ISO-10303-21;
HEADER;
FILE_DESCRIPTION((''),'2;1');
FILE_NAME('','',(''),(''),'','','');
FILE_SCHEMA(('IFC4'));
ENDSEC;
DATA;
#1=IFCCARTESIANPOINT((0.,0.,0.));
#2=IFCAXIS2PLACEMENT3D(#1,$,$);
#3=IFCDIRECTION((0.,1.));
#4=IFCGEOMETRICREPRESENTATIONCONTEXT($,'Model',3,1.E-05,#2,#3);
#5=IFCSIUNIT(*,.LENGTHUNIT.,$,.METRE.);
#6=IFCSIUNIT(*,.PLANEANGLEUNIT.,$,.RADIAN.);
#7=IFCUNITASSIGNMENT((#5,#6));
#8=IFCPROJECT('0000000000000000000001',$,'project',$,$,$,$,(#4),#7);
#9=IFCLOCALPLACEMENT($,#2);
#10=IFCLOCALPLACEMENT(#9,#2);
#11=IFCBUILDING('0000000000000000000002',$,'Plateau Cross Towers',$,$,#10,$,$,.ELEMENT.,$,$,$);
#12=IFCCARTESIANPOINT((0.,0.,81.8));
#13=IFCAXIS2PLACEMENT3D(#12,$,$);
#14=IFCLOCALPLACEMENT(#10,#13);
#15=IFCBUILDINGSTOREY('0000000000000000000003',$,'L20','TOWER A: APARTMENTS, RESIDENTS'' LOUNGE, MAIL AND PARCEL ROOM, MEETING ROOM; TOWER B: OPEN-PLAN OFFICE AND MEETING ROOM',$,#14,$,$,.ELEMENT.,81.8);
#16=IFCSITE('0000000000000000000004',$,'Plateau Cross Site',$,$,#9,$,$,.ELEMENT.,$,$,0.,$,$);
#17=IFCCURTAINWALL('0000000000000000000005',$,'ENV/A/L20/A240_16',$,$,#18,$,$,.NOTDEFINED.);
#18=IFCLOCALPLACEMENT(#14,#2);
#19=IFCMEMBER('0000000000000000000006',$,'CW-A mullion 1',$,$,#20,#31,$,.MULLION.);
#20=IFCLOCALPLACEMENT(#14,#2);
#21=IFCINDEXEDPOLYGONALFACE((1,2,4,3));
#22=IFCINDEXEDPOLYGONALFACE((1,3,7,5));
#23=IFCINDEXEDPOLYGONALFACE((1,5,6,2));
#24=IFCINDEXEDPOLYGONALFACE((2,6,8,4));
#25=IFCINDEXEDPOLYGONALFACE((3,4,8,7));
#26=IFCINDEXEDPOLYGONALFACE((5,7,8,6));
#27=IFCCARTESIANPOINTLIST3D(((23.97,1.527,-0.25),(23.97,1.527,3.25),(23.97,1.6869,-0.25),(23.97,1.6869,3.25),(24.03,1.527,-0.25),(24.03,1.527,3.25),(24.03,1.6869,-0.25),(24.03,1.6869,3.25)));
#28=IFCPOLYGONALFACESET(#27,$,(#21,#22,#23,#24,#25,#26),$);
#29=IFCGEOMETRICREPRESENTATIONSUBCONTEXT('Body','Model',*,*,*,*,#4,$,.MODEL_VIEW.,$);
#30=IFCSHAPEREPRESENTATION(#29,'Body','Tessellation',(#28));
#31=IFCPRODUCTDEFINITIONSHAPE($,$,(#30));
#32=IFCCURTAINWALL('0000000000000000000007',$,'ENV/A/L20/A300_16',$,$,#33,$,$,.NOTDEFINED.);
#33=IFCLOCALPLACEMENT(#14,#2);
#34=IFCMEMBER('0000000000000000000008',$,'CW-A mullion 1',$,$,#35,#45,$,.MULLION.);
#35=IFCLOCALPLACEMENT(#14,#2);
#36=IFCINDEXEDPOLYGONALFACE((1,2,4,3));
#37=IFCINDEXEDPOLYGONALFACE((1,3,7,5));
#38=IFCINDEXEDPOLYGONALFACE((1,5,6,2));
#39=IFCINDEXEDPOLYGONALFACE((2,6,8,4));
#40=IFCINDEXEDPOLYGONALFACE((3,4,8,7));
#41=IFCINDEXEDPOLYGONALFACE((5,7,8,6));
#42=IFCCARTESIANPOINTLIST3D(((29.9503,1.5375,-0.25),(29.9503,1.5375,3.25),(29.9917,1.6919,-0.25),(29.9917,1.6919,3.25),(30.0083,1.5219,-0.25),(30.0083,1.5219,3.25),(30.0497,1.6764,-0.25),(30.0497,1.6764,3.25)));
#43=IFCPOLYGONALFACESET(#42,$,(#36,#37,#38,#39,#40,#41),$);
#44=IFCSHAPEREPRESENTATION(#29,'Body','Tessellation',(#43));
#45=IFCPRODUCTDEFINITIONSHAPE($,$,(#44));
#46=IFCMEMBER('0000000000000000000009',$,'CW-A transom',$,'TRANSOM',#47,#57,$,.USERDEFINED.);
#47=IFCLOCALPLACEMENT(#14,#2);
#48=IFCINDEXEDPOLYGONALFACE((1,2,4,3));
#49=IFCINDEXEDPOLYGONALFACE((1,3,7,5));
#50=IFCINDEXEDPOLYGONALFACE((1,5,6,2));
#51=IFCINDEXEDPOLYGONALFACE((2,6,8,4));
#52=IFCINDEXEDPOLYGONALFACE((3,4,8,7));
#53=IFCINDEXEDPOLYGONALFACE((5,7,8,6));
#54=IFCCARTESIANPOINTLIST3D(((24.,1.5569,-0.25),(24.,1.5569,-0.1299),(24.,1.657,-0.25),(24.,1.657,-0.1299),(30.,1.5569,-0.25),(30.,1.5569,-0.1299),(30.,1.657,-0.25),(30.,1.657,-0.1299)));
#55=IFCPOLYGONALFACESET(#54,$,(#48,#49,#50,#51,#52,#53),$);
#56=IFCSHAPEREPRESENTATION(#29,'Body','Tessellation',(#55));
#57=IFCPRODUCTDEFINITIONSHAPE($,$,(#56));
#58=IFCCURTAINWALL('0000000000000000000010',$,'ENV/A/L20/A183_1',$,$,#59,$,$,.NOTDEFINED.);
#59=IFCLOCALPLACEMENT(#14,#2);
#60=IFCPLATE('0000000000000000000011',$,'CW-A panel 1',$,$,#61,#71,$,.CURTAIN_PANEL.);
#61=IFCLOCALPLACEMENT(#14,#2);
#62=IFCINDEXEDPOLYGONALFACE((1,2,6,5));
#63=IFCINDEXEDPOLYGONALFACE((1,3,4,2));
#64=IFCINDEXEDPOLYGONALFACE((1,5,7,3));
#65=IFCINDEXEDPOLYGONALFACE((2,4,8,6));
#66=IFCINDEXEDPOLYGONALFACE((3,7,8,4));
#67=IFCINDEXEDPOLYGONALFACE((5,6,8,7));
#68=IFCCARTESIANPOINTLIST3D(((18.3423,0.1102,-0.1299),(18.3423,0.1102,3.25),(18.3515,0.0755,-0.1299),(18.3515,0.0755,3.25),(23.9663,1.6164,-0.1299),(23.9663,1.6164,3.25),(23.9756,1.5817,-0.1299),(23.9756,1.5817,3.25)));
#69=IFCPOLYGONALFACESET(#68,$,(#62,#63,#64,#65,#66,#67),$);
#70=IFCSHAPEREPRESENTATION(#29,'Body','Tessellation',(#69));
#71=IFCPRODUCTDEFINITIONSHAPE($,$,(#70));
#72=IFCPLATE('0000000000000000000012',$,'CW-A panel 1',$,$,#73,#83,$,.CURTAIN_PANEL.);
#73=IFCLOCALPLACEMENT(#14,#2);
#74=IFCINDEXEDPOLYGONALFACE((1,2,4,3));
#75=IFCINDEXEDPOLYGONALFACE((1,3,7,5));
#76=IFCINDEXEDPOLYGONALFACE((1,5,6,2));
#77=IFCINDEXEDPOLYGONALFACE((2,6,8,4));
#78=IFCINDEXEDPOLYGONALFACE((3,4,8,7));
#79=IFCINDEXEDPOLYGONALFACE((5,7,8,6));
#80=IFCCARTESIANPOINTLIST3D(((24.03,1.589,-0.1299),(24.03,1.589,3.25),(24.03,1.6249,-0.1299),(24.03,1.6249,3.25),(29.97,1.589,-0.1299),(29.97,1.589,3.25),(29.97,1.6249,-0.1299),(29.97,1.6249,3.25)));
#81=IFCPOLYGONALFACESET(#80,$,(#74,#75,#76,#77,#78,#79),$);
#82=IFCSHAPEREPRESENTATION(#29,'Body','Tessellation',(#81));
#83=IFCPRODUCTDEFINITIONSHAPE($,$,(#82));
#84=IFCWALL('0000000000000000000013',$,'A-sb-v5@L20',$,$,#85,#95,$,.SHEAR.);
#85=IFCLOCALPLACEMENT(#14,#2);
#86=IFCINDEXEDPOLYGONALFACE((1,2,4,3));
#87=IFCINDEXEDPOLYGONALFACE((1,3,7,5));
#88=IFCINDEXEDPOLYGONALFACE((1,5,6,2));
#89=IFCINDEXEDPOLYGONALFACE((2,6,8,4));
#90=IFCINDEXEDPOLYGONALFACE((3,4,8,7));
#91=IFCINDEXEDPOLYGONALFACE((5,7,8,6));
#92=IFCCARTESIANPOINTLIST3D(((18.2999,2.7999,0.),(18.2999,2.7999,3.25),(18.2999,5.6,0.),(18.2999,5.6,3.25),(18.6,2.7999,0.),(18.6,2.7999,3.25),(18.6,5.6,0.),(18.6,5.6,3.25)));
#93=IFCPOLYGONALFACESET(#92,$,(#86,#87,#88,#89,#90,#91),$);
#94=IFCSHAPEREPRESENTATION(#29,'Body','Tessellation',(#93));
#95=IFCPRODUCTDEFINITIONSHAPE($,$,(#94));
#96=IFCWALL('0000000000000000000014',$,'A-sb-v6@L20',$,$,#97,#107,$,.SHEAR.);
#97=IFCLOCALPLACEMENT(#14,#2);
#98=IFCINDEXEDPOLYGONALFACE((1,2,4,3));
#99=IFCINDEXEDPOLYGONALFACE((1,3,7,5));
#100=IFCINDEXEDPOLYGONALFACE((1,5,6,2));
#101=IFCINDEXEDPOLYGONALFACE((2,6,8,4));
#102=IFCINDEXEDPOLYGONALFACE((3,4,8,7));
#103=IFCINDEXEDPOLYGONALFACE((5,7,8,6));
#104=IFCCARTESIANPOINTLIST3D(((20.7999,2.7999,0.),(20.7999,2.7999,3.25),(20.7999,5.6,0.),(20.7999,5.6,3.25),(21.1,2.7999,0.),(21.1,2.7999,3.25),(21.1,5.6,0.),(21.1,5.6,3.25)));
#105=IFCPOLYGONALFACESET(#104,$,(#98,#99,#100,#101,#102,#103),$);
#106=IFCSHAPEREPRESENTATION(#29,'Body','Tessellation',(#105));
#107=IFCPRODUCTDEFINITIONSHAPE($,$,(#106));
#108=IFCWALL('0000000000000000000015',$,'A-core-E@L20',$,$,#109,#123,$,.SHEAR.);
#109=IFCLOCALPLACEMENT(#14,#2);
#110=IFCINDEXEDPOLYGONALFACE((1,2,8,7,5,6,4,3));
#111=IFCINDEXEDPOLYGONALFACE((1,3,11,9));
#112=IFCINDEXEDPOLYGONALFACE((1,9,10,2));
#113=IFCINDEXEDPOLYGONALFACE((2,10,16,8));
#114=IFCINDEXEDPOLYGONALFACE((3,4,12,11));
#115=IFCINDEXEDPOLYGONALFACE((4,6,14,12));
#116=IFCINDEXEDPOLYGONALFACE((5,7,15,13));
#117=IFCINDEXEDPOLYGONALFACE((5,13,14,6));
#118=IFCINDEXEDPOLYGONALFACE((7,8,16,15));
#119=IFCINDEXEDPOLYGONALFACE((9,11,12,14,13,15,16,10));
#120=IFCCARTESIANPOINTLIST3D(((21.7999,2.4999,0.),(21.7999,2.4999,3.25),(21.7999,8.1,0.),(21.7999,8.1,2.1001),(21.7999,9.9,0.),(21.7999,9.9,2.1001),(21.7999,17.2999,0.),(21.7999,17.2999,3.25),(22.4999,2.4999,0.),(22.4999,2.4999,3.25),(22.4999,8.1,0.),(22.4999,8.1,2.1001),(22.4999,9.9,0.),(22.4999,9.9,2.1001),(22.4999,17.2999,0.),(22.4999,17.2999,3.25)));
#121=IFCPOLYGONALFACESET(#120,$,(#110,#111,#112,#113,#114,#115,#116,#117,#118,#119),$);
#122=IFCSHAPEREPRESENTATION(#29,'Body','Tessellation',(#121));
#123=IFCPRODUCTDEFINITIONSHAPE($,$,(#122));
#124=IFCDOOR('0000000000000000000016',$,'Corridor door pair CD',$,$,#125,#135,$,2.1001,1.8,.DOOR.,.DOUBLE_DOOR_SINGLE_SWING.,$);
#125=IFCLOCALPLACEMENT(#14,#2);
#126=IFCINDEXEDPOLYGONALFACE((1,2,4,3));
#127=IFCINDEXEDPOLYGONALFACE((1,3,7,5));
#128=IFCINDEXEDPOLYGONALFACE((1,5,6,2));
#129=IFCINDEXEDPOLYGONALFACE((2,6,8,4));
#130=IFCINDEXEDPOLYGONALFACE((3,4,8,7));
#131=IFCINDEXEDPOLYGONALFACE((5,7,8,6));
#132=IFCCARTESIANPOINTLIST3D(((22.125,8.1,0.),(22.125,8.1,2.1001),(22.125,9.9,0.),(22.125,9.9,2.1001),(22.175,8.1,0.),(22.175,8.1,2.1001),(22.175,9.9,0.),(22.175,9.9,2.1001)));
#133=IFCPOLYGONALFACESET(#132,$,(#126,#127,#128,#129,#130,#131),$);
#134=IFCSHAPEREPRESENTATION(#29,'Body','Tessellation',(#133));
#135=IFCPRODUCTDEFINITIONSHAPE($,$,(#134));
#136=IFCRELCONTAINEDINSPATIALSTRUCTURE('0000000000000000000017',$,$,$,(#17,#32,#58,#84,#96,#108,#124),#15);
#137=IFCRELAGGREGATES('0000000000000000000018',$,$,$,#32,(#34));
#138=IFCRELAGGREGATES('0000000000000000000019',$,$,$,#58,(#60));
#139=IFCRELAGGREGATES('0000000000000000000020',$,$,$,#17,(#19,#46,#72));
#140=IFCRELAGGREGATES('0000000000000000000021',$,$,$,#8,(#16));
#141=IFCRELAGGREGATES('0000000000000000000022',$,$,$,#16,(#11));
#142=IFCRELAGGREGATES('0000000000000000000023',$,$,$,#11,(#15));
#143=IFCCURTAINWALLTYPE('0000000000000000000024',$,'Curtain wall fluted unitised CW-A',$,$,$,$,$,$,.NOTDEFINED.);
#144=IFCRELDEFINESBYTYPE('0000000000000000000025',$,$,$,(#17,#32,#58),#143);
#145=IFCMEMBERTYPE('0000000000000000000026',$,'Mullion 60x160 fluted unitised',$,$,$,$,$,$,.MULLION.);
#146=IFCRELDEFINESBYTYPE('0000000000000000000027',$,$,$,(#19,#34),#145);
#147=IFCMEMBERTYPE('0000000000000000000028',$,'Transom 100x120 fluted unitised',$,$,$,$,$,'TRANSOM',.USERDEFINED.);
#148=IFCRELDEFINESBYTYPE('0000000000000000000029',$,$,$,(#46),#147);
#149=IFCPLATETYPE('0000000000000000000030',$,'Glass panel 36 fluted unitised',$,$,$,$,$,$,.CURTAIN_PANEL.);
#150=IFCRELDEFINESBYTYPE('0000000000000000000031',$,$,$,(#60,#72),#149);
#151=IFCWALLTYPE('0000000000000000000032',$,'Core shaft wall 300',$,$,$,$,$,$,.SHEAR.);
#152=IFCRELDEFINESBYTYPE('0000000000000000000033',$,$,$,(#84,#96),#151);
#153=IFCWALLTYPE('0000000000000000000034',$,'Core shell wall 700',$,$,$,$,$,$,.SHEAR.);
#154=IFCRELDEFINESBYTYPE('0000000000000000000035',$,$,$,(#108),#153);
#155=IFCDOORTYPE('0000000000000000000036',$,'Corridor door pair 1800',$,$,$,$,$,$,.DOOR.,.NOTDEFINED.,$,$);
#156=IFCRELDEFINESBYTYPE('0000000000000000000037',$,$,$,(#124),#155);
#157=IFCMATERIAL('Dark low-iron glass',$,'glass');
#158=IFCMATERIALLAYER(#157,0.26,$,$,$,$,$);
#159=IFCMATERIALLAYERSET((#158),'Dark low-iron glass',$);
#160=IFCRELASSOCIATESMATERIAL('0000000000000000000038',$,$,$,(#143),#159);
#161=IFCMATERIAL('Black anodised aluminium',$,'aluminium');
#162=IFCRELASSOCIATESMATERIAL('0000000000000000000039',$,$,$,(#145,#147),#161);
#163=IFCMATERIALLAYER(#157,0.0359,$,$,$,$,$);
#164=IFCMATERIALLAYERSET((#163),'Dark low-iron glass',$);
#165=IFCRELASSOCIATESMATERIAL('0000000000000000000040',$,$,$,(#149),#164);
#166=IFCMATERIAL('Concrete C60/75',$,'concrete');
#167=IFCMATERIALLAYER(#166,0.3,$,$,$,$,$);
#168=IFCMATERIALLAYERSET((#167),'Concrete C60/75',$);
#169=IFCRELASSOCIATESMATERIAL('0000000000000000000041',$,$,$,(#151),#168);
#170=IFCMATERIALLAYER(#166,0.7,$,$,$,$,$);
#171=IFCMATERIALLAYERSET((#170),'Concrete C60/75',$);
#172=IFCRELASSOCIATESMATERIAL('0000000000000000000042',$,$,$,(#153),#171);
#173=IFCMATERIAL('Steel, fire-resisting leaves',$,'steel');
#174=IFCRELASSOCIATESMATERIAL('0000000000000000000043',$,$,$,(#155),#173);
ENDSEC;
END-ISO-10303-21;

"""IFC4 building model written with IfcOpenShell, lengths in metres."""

from ifc_helpers import new_model, si_unit, direction, frame, frame_2d, origin, origin_2d, place, context, subcontext, project, spatial, rectangle, extrude, material, layer, layer_set, material_profile, profile_set, type_object, element, fill, aggregate, save


model = new_model("IFC4")

# Units and contexts
model_context = context("Model", 3, precision=1e-05, world=origin(), true_north=direction((0.0, 1.0)))
body_context = subcontext(model_context, "Body", "Model", "MODEL_VIEW")
ifc_project = project(units=[si_unit("LENGTHUNIT", "METRE"), si_unit("PLANEANGLEUNIT", "RADIAN")], contexts=[model_context])

# Site, building, storey
site_placement = place(None, origin())
site = spatial("IfcSite", under=ifc_project, at=site_placement, Name="Plateau Cross Site", CompositionType="ELEMENT", RefElevation=0.0)
building_placement = place(site_placement, origin())
building = spatial("IfcBuilding", under=site, at=building_placement, Name="Plateau Cross Towers", CompositionType="ELEMENT")
storey_placement = place(building_placement, frame((0.0, 0.0, 81.8)))
storey = spatial("IfcBuildingStorey", under=building, at=storey_placement, Name="L20", Description="TOWER A: APARTMENTS, RESIDENTS' LOUNGE, MAIL AND PARCEL ROOM, MEETING ROOM; TOWER B: OPEN-PLAN OFFICE AND MEETING ROOM", CompositionType="ELEMENT", Elevation=81.8)

# Curtain walls, members
ifc_material_1 = material(Name="Dark low-iron glass", Category="glass")
ifc_layer_1 = layer(ifc_material_1, 0.26)
ifc_layer_set_1 = layer_set([ifc_layer_1], Name="Dark low-iron glass")
curtain_wall_type = type_object("IfcCurtainWallType", Name="Curtain wall fluted unitised CW-A", PredefinedType="NOTDEFINED", material=ifc_layer_set_1)
curtain_wall_1_placement = place(storey_placement, origin())
curtain_wall_1 = element("IfcCurtainWall", 1, at=curtain_wall_1_placement, inside=storey, type_object=curtain_wall_type, Name="ENV/A/L20/A240_16", PredefinedType="NOTDEFINED")
ifc_material_2 = material(Name="Black anodised aluminium", Category="aluminium")
ifc_material_profile_1 = material_profile(ifc_material_2, rectangle(XDim=0.0601, YDim=0.1599, at=origin_2d()), Name="MULLION 60x160")
ifc_profile_set_1 = profile_set([ifc_material_profile_1], Name="Black anodised aluminium")
member_type_1 = type_object("IfcMemberType", Name="Mullion 60x160 fluted unitised", PredefinedType="MULLION", material=ifc_profile_set_1)
member_1_placement = place(storey_placement, frame((24.0, 1.6069, -0.25), z_axis=(0.0, 0.0, 1.0), x_axis=(1.0, 0.0, 0.0)))
member_1 = element("IfcMember", 2, at=member_1_placement, type_object=member_type_1, Name="CW-A mullion 1", PredefinedType="MULLION", context=body_context, shape_type="SweptSolid", body=[
    extrude(rectangle(XDim=0.0601, YDim=0.1599, at=origin_2d()), origin(), (0.0, 0.0, 1.0), 3.5),
])
curtain_wall_2_placement = place(storey_placement, origin())
curtain_wall_2 = element("IfcCurtainWall", 3, at=curtain_wall_2_placement, inside=storey, type_object=curtain_wall_type, Name="ENV/A/L20/A300_16", PredefinedType="NOTDEFINED")
member_2_placement = place(storey_placement, frame((30.0, 1.6069, -0.25), z_axis=(0.0, 0.0, 1.0), x_axis=(0.965958, -0.258699, 0.0)))
member_2 = element("IfcMember", 4, at=member_2_placement, type_object=member_type_1, Name="CW-A mullion 1", PredefinedType="MULLION", context=body_context, shape_type="SweptSolid", body=[
    extrude(rectangle(XDim=0.0601, YDim=0.1599, at=origin_2d()), origin(), (0.0, 0.0, 1.0), 3.5),
])
aggregate(curtain_wall_2, [member_2])

# Member
ifc_material_profile_2 = material_profile(ifc_material_2, rectangle(XDim=0.1001, YDim=0.1201, at=origin_2d()), Name="TRANSOM 100x120")
ifc_profile_set_2 = profile_set([ifc_material_profile_2], Name="Black anodised aluminium")
member_type_2 = type_object("IfcMemberType", Name="Transom 100x120 fluted unitised", ElementType="TRANSOM", PredefinedType="USERDEFINED", material=ifc_profile_set_2)
member_3_placement = place(storey_placement, frame((24.0, 1.6069, -0.1899), z_axis=(1.0, 0.0, 0.0), x_axis=(0.0, 1.0, 0.0)))
member_3 = element("IfcMember", 5, at=member_3_placement, type_object=member_type_2, Name="CW-A transom", ObjectType="TRANSOM", PredefinedType="USERDEFINED", context=body_context, shape_type="SweptSolid", body=[
    extrude(rectangle(XDim=0.1001, YDim=0.1201, at=origin_2d()), origin(), (0.0, 0.0, 1.0), 6.0),
])

# Curtain wall, plate
curtain_wall_3_placement = place(storey_placement, origin())
curtain_wall_3 = element("IfcCurtainWall", 6, at=curtain_wall_3_placement, inside=storey, type_object=curtain_wall_type, Name="ENV/A/L20/A183_1", PredefinedType="NOTDEFINED")
ifc_layer_2 = layer(ifc_material_1, 0.0359)
ifc_layer_set_2 = layer_set([ifc_layer_2], Name="Dark low-iron glass")
plate_type = type_object("IfcPlateType", Name="Glass panel 36 fluted unitised", PredefinedType="CURTAIN_PANEL", material=ifc_layer_set_2)
plate_1_placement = place(storey_placement, frame((21.1589, 0.8459, -0.1299), z_axis=(0.0, 0.0, 1.0), x_axis=(0.965958, 0.258699, 0.0)))
plate_1 = element("IfcPlate", 7, at=plate_1_placement, type_object=plate_type, Name="CW-A panel 1", PredefinedType="CURTAIN_PANEL", context=body_context, shape_type="SweptSolid", body=[
    extrude(rectangle(XDim=5.8223, YDim=0.0359, at=origin_2d()), origin(), (0.0, 0.0, 1.0), 3.3799),
])
aggregate(curtain_wall_3, [plate_1])

# Plate
plate_2_placement = place(storey_placement, frame((27.0, 1.6069, -0.1299), z_axis=(0.0, 0.0, 1.0), x_axis=(1.0, 0.0, 0.0)))
plate_2 = element("IfcPlate", 8, at=plate_2_placement, type_object=plate_type, Name="CW-A panel 1", PredefinedType="CURTAIN_PANEL", context=body_context, shape_type="SweptSolid", body=[
    extrude(rectangle(XDim=5.9399, YDim=0.0359, at=origin_2d()), origin(), (0.0, 0.0, 1.0), 3.3799),
])
aggregate(curtain_wall_1, [member_1, member_3, plate_2])

# Walls
ifc_material_3 = material(Name="Concrete C60/75", Category="concrete")
ifc_layer_3 = layer(ifc_material_3, 0.3)
ifc_layer_set_3 = layer_set([ifc_layer_3], Name="Concrete C60/75")
wall_type_1 = type_object("IfcWallType", Name="Core shaft wall 300", PredefinedType="SHEAR", material=ifc_layer_set_3)
for number, where, z_axis, x_axis, name in (
    (9, (18.45, 2.8, 0.0), (0.0, 0.0, 1.0), (0.0, 1.0, 0.0), "A-sb-v5@L20"),
    (10, (20.95, 2.8, 0.0), (0.0, 0.0, 1.0), (0.0, 1.0, 0.0), "A-sb-v6@L20"),
):
    element("IfcWall", number, at=place(storey_placement, frame(where, z_axis=z_axis, x_axis=x_axis)), inside=storey, type_object=wall_type_1, Name=name, PredefinedType="SHEAR", context=body_context, shape_type="SweptSolid", body=[
        extrude(rectangle(XDim=2.8, YDim=0.3, at=frame_2d((1.3999, 0.0))), origin(), (0.0, 0.0, 1.0), 3.25),
    ])

# Wall, opening, door
ifc_layer_4 = layer(ifc_material_3, 0.7)
ifc_layer_set_4 = layer_set([ifc_layer_4], Name="Concrete C60/75")
wall_type_2 = type_object("IfcWallType", Name="Core shell wall 700", PredefinedType="SHEAR", material=ifc_layer_set_4)
wall_1_placement = place(storey_placement, frame((22.1499, 2.5, 0.0), z_axis=(0.0, 0.0, 1.0), x_axis=(0.0, 1.0, 0.0)))
wall_1 = element("IfcWall", 11, at=wall_1_placement, inside=storey, type_object=wall_type_2, Name="A-core-E@L20", PredefinedType="SHEAR", context=body_context, shape_type="SweptSolid", body=[
    extrude(rectangle(XDim=14.8, YDim=0.7, at=frame_2d((7.3999, 0.0))), origin(), (0.0, 0.0, 1.0), 3.25),
])
opening_1_placement = place(wall_1_placement, frame((5.6001, 0.0, 0.0)))
opening_1 = element("IfcOpeningElement", 12, at=opening_1_placement, cuts=wall_1, PredefinedType="OPENING", context=body_context, shape_type="SweptSolid", body=[
    extrude(rectangle(XDim=1.8, YDim=2.1001, at=frame_2d((0.8999, 1.05))), frame((0.0, 0.3599, 0.0), z_axis=(0.0, -1.0, 0.0), x_axis=(1.0, 0.0, 0.0)), (0.0, 0.0, 1.0), 0.72),
])
ifc_material_4 = material(Name="Steel, fire-resisting leaves", Category="steel")
door_type_1 = type_object("IfcDoorType", Name="Corridor door pair 1800", OperationType="NOTDEFINED", PredefinedType="DOOR", material=ifc_material_4)
door_1_placement = place(opening_1_placement, origin())
door_1 = element("IfcDoor", 13, at=door_1_placement, inside=storey, type_object=door_type_1, Name="Corridor door pair CD", OperationType="DOUBLE_DOOR_SINGLE_SWING", OverallHeight=2.1001, OverallWidth=1.8, PredefinedType="DOOR", context=body_context, shape_type="SweptSolid", body=[
    extrude(rectangle(XDim=1.8, YDim=2.1001, at=frame_2d((0.8999, 1.05))), frame((0.0, 0.0249, 0.0), z_axis=(0.0, -1.0, 0.0), x_axis=(1.0, 0.0, 0.0)), (0.0, 0.0, 1.0), 0.05),
])
fill(opening_1, door_1)

save(model, "model.ifc")
